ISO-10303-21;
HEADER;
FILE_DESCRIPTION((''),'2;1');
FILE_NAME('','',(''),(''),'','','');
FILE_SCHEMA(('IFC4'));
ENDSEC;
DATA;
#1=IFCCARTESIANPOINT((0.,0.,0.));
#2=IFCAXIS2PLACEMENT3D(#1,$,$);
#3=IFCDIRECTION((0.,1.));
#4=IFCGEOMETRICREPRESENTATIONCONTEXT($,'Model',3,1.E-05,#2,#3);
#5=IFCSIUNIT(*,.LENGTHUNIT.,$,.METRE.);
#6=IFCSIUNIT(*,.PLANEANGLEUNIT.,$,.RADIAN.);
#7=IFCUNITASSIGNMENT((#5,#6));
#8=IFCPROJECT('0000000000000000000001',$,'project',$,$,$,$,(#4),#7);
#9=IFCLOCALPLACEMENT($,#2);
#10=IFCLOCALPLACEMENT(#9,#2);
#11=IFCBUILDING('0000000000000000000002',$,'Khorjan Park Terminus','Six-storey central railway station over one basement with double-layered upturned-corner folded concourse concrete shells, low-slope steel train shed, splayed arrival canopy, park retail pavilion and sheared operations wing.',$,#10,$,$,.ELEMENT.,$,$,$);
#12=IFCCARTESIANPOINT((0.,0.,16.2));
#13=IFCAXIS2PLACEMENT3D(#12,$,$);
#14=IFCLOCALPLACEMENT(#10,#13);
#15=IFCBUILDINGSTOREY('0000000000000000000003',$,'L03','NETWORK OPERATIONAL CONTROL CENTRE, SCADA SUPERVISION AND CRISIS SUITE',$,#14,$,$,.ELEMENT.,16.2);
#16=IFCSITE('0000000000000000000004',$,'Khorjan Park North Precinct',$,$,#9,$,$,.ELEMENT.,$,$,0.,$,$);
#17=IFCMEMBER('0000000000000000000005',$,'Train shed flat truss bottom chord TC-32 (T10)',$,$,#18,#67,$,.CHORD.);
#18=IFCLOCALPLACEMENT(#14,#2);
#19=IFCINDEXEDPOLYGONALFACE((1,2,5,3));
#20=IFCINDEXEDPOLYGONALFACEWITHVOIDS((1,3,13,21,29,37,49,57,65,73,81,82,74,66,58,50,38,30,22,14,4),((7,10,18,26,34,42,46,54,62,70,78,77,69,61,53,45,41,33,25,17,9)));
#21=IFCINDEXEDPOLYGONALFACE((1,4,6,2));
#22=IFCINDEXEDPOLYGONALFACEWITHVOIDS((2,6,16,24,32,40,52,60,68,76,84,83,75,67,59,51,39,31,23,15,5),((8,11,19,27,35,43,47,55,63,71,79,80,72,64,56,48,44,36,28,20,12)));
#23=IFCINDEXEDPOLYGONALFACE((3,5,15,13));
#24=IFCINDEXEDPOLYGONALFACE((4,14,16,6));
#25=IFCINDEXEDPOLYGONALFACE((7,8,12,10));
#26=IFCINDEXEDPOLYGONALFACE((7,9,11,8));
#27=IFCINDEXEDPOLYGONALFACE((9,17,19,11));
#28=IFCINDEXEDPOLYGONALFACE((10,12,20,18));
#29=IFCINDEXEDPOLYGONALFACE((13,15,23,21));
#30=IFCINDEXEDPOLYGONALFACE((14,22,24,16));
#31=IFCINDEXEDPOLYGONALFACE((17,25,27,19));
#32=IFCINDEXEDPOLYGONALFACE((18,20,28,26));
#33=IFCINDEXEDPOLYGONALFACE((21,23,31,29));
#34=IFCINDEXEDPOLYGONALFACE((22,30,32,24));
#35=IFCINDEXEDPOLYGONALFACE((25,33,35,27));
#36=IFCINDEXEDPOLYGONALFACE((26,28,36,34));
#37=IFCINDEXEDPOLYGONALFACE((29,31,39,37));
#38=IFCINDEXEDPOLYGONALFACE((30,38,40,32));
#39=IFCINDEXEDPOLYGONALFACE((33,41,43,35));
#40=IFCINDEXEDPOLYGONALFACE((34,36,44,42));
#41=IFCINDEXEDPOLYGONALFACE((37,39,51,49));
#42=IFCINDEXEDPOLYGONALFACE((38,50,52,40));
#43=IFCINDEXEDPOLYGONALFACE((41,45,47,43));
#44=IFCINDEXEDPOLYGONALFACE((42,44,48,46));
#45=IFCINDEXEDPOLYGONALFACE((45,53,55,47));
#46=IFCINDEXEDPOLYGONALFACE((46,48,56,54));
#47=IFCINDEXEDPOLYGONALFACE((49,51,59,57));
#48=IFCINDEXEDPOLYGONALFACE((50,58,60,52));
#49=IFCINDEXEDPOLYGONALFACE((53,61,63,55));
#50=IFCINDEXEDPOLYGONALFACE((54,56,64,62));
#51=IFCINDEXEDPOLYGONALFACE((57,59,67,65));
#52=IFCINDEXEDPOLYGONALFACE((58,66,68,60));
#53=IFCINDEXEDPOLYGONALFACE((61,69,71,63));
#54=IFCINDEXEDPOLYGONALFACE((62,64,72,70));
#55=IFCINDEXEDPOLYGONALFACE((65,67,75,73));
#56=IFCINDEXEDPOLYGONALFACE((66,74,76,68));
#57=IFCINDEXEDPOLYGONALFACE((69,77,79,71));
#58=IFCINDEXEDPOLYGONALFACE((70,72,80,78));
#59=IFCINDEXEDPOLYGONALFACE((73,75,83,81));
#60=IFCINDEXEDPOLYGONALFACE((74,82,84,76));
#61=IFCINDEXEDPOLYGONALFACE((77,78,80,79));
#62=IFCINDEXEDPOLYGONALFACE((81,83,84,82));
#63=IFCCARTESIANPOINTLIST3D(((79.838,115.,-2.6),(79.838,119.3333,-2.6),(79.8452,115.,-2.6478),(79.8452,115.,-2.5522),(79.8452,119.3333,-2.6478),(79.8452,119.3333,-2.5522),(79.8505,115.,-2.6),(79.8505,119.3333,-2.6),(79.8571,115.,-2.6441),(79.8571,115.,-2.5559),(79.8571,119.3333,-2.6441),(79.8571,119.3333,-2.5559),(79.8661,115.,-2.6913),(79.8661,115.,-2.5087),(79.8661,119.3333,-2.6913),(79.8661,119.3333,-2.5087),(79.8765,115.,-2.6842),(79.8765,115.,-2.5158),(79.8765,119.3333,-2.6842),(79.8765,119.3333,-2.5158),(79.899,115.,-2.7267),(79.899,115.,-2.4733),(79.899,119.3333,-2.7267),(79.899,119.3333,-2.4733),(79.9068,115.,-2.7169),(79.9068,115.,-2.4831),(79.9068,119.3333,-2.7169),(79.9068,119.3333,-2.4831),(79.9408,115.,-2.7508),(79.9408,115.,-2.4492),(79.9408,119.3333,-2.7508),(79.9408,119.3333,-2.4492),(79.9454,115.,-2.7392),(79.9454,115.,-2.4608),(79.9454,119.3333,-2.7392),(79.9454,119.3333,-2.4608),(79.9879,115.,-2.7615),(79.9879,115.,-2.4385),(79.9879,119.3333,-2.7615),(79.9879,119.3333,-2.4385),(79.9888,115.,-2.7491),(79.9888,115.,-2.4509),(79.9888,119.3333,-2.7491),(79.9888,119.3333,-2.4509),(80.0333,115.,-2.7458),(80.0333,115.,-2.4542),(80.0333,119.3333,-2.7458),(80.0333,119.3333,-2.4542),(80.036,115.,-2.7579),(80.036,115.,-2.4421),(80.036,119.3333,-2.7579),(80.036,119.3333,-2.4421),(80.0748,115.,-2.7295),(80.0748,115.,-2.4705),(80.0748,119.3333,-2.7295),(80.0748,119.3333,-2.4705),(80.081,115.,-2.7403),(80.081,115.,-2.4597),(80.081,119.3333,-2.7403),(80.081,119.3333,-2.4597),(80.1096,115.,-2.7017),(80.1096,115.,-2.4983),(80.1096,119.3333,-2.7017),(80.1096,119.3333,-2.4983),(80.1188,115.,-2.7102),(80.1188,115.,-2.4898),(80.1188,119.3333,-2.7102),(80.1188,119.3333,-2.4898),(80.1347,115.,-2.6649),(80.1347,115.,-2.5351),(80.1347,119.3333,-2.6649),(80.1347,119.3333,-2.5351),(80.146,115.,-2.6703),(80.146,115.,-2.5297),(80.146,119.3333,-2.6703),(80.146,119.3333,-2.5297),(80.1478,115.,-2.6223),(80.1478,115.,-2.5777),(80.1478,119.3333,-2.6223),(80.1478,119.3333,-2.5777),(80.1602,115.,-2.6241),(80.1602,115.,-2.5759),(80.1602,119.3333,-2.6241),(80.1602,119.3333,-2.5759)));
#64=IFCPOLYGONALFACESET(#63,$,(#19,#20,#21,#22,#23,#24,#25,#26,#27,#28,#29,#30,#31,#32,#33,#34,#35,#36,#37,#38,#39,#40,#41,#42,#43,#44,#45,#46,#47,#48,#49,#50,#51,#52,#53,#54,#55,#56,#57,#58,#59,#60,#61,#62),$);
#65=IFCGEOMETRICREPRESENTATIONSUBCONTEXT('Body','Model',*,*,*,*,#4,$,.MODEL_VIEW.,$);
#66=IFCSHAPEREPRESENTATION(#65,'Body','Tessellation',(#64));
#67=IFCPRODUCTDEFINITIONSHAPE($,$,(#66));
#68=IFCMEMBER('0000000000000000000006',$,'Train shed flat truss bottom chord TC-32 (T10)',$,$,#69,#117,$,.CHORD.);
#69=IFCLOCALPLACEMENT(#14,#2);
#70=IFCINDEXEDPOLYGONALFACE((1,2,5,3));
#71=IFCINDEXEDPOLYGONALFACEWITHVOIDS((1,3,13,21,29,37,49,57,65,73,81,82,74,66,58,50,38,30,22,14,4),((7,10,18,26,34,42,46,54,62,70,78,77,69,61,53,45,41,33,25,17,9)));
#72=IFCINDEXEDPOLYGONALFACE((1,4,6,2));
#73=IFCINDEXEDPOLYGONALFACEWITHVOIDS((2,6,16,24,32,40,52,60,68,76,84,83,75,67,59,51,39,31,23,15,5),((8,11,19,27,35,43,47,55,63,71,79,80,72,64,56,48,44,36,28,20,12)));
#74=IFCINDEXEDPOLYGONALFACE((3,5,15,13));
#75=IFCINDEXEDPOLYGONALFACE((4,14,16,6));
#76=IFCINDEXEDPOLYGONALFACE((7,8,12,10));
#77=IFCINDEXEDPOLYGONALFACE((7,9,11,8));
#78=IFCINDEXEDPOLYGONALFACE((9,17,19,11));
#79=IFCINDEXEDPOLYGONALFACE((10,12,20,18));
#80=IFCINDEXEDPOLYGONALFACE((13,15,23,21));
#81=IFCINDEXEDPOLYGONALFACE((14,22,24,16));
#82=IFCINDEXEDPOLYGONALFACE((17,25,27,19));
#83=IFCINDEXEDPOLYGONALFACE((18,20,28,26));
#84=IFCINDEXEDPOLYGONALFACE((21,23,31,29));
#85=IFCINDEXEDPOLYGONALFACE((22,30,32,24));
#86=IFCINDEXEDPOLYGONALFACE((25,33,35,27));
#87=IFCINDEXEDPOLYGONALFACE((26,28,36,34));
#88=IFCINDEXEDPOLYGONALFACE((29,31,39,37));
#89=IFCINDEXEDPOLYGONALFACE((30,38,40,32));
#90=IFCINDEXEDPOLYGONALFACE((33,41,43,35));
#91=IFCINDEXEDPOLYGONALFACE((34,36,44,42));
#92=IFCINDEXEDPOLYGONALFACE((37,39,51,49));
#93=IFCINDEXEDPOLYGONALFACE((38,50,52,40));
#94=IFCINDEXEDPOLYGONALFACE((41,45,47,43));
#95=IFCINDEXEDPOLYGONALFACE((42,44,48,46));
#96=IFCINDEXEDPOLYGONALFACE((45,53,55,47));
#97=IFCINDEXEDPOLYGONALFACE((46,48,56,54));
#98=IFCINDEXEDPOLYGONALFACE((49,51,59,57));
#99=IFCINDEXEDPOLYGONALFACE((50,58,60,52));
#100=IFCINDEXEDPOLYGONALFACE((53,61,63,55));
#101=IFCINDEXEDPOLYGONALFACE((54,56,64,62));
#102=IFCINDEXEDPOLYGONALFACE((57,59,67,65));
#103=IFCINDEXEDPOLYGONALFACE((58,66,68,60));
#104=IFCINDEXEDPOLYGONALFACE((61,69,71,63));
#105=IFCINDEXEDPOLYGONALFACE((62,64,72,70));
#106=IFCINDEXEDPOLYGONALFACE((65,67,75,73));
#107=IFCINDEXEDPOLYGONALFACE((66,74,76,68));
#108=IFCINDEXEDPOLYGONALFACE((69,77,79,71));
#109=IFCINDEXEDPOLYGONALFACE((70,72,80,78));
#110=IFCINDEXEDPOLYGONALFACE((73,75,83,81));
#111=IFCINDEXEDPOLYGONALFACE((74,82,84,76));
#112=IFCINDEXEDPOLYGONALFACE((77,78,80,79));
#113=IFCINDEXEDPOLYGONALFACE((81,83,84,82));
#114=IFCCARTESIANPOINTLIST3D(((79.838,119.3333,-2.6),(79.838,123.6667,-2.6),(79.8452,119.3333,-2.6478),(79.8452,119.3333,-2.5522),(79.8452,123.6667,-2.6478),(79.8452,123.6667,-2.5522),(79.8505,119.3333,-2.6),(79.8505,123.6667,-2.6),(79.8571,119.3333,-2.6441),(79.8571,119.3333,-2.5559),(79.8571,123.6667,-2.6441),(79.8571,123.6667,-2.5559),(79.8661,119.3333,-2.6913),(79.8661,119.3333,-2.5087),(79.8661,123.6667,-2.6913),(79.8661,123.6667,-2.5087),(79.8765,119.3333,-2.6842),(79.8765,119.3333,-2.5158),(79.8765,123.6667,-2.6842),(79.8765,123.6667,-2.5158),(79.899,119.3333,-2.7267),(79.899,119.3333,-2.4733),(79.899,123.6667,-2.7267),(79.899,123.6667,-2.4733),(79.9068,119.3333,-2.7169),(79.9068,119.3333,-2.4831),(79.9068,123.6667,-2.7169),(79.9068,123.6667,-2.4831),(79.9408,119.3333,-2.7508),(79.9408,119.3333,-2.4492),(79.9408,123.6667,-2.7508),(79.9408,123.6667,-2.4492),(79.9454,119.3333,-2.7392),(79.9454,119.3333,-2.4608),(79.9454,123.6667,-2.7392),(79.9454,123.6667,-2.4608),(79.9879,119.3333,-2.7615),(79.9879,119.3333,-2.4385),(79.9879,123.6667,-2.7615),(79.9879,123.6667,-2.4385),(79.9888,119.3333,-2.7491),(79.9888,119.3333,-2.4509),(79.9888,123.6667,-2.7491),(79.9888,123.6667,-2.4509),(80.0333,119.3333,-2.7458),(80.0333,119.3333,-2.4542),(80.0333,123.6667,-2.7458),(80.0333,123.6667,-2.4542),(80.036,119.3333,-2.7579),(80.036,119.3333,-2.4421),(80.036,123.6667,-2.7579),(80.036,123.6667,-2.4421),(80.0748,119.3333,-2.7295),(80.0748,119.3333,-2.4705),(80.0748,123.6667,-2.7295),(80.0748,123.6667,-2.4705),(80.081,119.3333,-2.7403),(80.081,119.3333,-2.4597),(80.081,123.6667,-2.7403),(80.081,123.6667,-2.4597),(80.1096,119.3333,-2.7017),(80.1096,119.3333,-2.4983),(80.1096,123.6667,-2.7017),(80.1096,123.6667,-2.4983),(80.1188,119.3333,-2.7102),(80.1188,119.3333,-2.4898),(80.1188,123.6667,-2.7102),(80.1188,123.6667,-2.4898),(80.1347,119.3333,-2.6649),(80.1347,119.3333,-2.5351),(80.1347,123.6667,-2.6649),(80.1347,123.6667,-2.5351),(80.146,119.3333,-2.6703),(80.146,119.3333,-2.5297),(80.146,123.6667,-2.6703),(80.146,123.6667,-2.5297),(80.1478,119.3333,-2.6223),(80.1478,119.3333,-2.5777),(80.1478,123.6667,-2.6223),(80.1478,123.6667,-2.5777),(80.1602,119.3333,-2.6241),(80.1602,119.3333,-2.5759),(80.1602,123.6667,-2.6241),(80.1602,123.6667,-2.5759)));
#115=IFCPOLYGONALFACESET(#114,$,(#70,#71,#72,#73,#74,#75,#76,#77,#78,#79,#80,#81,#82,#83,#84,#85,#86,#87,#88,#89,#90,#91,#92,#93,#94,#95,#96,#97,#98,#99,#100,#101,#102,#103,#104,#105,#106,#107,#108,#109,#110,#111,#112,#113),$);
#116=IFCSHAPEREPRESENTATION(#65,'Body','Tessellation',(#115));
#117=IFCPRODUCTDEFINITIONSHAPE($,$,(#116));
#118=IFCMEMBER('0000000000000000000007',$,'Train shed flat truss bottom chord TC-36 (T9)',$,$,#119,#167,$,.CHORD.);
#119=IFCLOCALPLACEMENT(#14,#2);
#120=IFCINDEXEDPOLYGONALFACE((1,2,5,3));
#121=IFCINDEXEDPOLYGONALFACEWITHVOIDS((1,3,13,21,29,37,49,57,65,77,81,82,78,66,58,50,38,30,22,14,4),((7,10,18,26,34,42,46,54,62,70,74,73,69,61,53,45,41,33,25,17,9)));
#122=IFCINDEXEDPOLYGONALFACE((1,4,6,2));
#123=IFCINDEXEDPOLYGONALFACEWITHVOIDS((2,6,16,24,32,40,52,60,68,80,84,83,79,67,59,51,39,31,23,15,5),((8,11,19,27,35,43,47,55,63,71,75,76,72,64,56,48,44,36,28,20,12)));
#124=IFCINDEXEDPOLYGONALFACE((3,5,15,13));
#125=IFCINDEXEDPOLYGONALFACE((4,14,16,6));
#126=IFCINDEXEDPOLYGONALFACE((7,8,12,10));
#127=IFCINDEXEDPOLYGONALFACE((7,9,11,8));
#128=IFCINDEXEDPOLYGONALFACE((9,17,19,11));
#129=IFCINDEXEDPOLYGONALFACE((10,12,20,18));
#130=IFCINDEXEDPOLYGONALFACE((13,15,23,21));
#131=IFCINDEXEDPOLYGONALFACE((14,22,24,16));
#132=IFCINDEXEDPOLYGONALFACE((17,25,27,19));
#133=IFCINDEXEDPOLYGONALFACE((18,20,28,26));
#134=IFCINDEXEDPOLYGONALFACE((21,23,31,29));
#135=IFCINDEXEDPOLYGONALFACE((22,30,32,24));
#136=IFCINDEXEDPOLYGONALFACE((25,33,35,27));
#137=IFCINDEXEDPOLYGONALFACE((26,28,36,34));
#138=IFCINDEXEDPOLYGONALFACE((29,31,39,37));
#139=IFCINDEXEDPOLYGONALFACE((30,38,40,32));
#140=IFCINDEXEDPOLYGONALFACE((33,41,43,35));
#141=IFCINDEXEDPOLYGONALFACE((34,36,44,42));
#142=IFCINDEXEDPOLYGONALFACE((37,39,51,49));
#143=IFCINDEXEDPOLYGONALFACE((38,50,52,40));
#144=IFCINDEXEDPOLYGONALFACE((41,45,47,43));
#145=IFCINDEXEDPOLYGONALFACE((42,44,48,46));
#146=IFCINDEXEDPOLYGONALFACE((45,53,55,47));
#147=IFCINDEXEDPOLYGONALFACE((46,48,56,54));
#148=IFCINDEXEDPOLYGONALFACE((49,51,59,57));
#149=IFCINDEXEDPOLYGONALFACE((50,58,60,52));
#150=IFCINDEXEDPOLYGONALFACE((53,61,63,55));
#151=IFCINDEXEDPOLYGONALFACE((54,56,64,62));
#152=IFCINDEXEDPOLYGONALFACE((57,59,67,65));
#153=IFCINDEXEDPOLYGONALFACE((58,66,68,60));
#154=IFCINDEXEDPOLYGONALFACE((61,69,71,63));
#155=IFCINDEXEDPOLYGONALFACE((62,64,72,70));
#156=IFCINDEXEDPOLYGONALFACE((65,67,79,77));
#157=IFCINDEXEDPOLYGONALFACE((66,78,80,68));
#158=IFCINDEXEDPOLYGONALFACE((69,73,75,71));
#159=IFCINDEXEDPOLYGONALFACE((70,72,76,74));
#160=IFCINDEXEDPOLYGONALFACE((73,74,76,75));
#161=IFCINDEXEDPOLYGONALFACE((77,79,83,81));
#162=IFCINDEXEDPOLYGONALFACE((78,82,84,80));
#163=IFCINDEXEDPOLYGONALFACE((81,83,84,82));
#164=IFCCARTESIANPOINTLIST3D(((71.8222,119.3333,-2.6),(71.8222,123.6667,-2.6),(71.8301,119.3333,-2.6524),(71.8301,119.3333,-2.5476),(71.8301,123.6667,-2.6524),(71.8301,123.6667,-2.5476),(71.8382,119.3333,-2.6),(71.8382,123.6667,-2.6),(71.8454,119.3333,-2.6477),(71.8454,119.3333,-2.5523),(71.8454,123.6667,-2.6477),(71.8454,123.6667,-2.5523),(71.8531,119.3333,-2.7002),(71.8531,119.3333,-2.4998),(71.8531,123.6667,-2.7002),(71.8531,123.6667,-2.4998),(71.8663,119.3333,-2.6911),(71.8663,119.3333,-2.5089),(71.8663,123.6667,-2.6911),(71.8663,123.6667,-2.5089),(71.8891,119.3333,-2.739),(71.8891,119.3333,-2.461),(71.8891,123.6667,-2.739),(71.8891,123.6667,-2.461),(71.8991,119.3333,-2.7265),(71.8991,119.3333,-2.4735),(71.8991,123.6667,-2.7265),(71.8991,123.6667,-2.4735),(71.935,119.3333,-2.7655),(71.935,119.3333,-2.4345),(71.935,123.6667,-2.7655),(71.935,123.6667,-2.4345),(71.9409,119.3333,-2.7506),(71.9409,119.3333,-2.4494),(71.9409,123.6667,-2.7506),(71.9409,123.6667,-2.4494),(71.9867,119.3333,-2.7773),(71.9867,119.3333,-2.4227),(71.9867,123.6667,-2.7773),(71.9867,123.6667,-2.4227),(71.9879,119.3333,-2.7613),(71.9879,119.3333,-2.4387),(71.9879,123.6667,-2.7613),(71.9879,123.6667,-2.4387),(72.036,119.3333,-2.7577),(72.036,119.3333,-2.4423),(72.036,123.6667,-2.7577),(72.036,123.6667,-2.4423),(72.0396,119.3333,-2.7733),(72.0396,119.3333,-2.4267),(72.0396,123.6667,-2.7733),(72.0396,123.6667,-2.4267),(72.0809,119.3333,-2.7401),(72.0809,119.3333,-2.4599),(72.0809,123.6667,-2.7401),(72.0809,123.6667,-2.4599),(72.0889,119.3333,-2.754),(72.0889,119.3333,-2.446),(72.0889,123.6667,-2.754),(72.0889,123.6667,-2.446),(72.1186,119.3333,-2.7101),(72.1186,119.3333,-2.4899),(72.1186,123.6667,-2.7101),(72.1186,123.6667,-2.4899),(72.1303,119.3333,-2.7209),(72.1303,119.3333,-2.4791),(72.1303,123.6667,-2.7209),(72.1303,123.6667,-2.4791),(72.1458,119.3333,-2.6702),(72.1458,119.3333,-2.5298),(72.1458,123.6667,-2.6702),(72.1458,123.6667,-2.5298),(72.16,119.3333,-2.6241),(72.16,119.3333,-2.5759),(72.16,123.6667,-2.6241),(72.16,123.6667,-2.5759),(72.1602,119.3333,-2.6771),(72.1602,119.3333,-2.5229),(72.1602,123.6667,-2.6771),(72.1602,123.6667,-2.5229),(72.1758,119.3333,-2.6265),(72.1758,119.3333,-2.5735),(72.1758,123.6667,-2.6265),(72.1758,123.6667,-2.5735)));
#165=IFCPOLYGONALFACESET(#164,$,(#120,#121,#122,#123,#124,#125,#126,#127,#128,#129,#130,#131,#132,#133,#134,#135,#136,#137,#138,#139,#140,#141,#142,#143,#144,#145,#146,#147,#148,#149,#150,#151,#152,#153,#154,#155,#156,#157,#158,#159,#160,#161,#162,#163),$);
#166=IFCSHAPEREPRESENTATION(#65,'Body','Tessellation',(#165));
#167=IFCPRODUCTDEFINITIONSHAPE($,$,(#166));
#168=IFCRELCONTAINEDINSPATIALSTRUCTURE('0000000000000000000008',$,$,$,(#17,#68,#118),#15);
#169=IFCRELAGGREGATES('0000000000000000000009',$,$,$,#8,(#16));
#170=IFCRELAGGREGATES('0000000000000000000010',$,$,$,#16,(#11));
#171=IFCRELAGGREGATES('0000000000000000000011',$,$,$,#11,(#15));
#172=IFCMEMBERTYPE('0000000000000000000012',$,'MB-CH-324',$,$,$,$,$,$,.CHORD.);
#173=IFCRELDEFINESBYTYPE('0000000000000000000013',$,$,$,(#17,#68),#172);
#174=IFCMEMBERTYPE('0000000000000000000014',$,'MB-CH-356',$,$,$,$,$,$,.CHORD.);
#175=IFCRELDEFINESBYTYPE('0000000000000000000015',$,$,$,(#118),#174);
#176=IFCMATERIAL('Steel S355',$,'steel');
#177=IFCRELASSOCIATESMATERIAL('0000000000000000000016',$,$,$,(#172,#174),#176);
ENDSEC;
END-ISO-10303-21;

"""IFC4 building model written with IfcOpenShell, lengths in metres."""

from ifc_helpers import new_model, si_unit, direction, frame, origin, origin_2d, place, context, subcontext, project, spatial, hollow_circle, extrude, material, material_profile, profile_set, type_object, element, save


model = new_model("IFC4")

# Units and contexts
model_context = context("Model", 3, precision=1e-05, world=origin(), true_north=direction((0.0, 1.0)))
body_context = subcontext(model_context, "Body", "Model", "MODEL_VIEW")
ifc_project = project(units=[si_unit("LENGTHUNIT", "METRE"), si_unit("PLANEANGLEUNIT", "RADIAN")], contexts=[model_context])

# Site, building, storey
site_placement = place(None, origin())
site = spatial("IfcSite", under=ifc_project, at=site_placement, Name="Khorjan Park North Precinct", CompositionType="ELEMENT", RefElevation=0.0)
building_placement = place(site_placement, origin())
building = spatial("IfcBuilding", under=site, at=building_placement, Name="Khorjan Park Terminus", Description="Six-storey central railway station over one basement with double-layered upturned-corner folded concourse concrete shells, low-slope steel train shed, splayed arrival canopy, park retail pavilion and sheared operations wing.", CompositionType="ELEMENT")
storey_placement = place(building_placement, frame((0.0, 0.0, 16.2)))
storey = spatial("IfcBuildingStorey", under=building, at=storey_placement, Name="L03", Description="NETWORK OPERATIONAL CONTROL CENTRE, SCADA SUPERVISION AND CRISIS SUITE", CompositionType="ELEMENT", Elevation=16.2)

# Members
ifc_material = material(Name="Steel S355", Category="steel")
ifc_material_profile_1 = material_profile(ifc_material, hollow_circle(Radius=0.162, WallThickness=0.0125, at=origin_2d()), Name="CHS 323.9x12.5")
ifc_profile_set_1 = profile_set([ifc_material_profile_1], Name="Steel S355")
member_type_1 = type_object("IfcMemberType", Name="MB-CH-324", PredefinedType="CHORD", material=ifc_profile_set_1)
member_1_placement = place(storey_placement, frame((80.0, 115.0, -2.6), z_axis=(0.0, 1.0, 0.0), x_axis=(-1.0, 0.0, 0.0)))
element("IfcMember", 1, at=member_1_placement, inside=storey, type_object=member_type_1, Name="Train shed flat truss bottom chord TC-32 (T10)", PredefinedType="CHORD", context=body_context, shape_type="SweptSolid", body=[
    extrude(hollow_circle(Radius=0.162, WallThickness=0.0125, at=origin_2d()), origin(), (0.0, 0.0, 1.0), 4.3333),
])
member_2_placement = place(storey_placement, frame((80.0, 119.3333, -2.6), z_axis=(0.0, 1.0, 0.0), x_axis=(-1.0, 0.0, 0.0)))
element("IfcMember", 2, at=member_2_placement, inside=storey, type_object=member_type_1, Name="Train shed flat truss bottom chord TC-32 (T10)", PredefinedType="CHORD", context=body_context, shape_type="SweptSolid", body=[
    extrude(hollow_circle(Radius=0.162, WallThickness=0.0125, at=origin_2d()), origin(), (0.0, 0.0, 1.0), 4.3334),
])
ifc_material_profile_2 = material_profile(ifc_material, hollow_circle(Radius=0.1778, WallThickness=0.016, at=origin_2d()), Name="CHS 355.6x16")
ifc_profile_set_2 = profile_set([ifc_material_profile_2], Name="Steel S355")
member_type_2 = type_object("IfcMemberType", Name="MB-CH-356", PredefinedType="CHORD", material=ifc_profile_set_2)
member_3_placement = place(storey_placement, frame((72.0, 119.3333, -2.6), z_axis=(0.0, 1.0, 0.0), x_axis=(-1.0, 0.0, 0.0)))
element("IfcMember", 3, at=member_3_placement, inside=storey, type_object=member_type_2, Name="Train shed flat truss bottom chord TC-36 (T9)", PredefinedType="CHORD", context=body_context, shape_type="SweptSolid", body=[
    extrude(hollow_circle(Radius=0.1778, WallThickness=0.016, at=origin_2d()), origin(), (0.0, 0.0, 1.0), 4.3334),
])

save(model, "model.ifc")
